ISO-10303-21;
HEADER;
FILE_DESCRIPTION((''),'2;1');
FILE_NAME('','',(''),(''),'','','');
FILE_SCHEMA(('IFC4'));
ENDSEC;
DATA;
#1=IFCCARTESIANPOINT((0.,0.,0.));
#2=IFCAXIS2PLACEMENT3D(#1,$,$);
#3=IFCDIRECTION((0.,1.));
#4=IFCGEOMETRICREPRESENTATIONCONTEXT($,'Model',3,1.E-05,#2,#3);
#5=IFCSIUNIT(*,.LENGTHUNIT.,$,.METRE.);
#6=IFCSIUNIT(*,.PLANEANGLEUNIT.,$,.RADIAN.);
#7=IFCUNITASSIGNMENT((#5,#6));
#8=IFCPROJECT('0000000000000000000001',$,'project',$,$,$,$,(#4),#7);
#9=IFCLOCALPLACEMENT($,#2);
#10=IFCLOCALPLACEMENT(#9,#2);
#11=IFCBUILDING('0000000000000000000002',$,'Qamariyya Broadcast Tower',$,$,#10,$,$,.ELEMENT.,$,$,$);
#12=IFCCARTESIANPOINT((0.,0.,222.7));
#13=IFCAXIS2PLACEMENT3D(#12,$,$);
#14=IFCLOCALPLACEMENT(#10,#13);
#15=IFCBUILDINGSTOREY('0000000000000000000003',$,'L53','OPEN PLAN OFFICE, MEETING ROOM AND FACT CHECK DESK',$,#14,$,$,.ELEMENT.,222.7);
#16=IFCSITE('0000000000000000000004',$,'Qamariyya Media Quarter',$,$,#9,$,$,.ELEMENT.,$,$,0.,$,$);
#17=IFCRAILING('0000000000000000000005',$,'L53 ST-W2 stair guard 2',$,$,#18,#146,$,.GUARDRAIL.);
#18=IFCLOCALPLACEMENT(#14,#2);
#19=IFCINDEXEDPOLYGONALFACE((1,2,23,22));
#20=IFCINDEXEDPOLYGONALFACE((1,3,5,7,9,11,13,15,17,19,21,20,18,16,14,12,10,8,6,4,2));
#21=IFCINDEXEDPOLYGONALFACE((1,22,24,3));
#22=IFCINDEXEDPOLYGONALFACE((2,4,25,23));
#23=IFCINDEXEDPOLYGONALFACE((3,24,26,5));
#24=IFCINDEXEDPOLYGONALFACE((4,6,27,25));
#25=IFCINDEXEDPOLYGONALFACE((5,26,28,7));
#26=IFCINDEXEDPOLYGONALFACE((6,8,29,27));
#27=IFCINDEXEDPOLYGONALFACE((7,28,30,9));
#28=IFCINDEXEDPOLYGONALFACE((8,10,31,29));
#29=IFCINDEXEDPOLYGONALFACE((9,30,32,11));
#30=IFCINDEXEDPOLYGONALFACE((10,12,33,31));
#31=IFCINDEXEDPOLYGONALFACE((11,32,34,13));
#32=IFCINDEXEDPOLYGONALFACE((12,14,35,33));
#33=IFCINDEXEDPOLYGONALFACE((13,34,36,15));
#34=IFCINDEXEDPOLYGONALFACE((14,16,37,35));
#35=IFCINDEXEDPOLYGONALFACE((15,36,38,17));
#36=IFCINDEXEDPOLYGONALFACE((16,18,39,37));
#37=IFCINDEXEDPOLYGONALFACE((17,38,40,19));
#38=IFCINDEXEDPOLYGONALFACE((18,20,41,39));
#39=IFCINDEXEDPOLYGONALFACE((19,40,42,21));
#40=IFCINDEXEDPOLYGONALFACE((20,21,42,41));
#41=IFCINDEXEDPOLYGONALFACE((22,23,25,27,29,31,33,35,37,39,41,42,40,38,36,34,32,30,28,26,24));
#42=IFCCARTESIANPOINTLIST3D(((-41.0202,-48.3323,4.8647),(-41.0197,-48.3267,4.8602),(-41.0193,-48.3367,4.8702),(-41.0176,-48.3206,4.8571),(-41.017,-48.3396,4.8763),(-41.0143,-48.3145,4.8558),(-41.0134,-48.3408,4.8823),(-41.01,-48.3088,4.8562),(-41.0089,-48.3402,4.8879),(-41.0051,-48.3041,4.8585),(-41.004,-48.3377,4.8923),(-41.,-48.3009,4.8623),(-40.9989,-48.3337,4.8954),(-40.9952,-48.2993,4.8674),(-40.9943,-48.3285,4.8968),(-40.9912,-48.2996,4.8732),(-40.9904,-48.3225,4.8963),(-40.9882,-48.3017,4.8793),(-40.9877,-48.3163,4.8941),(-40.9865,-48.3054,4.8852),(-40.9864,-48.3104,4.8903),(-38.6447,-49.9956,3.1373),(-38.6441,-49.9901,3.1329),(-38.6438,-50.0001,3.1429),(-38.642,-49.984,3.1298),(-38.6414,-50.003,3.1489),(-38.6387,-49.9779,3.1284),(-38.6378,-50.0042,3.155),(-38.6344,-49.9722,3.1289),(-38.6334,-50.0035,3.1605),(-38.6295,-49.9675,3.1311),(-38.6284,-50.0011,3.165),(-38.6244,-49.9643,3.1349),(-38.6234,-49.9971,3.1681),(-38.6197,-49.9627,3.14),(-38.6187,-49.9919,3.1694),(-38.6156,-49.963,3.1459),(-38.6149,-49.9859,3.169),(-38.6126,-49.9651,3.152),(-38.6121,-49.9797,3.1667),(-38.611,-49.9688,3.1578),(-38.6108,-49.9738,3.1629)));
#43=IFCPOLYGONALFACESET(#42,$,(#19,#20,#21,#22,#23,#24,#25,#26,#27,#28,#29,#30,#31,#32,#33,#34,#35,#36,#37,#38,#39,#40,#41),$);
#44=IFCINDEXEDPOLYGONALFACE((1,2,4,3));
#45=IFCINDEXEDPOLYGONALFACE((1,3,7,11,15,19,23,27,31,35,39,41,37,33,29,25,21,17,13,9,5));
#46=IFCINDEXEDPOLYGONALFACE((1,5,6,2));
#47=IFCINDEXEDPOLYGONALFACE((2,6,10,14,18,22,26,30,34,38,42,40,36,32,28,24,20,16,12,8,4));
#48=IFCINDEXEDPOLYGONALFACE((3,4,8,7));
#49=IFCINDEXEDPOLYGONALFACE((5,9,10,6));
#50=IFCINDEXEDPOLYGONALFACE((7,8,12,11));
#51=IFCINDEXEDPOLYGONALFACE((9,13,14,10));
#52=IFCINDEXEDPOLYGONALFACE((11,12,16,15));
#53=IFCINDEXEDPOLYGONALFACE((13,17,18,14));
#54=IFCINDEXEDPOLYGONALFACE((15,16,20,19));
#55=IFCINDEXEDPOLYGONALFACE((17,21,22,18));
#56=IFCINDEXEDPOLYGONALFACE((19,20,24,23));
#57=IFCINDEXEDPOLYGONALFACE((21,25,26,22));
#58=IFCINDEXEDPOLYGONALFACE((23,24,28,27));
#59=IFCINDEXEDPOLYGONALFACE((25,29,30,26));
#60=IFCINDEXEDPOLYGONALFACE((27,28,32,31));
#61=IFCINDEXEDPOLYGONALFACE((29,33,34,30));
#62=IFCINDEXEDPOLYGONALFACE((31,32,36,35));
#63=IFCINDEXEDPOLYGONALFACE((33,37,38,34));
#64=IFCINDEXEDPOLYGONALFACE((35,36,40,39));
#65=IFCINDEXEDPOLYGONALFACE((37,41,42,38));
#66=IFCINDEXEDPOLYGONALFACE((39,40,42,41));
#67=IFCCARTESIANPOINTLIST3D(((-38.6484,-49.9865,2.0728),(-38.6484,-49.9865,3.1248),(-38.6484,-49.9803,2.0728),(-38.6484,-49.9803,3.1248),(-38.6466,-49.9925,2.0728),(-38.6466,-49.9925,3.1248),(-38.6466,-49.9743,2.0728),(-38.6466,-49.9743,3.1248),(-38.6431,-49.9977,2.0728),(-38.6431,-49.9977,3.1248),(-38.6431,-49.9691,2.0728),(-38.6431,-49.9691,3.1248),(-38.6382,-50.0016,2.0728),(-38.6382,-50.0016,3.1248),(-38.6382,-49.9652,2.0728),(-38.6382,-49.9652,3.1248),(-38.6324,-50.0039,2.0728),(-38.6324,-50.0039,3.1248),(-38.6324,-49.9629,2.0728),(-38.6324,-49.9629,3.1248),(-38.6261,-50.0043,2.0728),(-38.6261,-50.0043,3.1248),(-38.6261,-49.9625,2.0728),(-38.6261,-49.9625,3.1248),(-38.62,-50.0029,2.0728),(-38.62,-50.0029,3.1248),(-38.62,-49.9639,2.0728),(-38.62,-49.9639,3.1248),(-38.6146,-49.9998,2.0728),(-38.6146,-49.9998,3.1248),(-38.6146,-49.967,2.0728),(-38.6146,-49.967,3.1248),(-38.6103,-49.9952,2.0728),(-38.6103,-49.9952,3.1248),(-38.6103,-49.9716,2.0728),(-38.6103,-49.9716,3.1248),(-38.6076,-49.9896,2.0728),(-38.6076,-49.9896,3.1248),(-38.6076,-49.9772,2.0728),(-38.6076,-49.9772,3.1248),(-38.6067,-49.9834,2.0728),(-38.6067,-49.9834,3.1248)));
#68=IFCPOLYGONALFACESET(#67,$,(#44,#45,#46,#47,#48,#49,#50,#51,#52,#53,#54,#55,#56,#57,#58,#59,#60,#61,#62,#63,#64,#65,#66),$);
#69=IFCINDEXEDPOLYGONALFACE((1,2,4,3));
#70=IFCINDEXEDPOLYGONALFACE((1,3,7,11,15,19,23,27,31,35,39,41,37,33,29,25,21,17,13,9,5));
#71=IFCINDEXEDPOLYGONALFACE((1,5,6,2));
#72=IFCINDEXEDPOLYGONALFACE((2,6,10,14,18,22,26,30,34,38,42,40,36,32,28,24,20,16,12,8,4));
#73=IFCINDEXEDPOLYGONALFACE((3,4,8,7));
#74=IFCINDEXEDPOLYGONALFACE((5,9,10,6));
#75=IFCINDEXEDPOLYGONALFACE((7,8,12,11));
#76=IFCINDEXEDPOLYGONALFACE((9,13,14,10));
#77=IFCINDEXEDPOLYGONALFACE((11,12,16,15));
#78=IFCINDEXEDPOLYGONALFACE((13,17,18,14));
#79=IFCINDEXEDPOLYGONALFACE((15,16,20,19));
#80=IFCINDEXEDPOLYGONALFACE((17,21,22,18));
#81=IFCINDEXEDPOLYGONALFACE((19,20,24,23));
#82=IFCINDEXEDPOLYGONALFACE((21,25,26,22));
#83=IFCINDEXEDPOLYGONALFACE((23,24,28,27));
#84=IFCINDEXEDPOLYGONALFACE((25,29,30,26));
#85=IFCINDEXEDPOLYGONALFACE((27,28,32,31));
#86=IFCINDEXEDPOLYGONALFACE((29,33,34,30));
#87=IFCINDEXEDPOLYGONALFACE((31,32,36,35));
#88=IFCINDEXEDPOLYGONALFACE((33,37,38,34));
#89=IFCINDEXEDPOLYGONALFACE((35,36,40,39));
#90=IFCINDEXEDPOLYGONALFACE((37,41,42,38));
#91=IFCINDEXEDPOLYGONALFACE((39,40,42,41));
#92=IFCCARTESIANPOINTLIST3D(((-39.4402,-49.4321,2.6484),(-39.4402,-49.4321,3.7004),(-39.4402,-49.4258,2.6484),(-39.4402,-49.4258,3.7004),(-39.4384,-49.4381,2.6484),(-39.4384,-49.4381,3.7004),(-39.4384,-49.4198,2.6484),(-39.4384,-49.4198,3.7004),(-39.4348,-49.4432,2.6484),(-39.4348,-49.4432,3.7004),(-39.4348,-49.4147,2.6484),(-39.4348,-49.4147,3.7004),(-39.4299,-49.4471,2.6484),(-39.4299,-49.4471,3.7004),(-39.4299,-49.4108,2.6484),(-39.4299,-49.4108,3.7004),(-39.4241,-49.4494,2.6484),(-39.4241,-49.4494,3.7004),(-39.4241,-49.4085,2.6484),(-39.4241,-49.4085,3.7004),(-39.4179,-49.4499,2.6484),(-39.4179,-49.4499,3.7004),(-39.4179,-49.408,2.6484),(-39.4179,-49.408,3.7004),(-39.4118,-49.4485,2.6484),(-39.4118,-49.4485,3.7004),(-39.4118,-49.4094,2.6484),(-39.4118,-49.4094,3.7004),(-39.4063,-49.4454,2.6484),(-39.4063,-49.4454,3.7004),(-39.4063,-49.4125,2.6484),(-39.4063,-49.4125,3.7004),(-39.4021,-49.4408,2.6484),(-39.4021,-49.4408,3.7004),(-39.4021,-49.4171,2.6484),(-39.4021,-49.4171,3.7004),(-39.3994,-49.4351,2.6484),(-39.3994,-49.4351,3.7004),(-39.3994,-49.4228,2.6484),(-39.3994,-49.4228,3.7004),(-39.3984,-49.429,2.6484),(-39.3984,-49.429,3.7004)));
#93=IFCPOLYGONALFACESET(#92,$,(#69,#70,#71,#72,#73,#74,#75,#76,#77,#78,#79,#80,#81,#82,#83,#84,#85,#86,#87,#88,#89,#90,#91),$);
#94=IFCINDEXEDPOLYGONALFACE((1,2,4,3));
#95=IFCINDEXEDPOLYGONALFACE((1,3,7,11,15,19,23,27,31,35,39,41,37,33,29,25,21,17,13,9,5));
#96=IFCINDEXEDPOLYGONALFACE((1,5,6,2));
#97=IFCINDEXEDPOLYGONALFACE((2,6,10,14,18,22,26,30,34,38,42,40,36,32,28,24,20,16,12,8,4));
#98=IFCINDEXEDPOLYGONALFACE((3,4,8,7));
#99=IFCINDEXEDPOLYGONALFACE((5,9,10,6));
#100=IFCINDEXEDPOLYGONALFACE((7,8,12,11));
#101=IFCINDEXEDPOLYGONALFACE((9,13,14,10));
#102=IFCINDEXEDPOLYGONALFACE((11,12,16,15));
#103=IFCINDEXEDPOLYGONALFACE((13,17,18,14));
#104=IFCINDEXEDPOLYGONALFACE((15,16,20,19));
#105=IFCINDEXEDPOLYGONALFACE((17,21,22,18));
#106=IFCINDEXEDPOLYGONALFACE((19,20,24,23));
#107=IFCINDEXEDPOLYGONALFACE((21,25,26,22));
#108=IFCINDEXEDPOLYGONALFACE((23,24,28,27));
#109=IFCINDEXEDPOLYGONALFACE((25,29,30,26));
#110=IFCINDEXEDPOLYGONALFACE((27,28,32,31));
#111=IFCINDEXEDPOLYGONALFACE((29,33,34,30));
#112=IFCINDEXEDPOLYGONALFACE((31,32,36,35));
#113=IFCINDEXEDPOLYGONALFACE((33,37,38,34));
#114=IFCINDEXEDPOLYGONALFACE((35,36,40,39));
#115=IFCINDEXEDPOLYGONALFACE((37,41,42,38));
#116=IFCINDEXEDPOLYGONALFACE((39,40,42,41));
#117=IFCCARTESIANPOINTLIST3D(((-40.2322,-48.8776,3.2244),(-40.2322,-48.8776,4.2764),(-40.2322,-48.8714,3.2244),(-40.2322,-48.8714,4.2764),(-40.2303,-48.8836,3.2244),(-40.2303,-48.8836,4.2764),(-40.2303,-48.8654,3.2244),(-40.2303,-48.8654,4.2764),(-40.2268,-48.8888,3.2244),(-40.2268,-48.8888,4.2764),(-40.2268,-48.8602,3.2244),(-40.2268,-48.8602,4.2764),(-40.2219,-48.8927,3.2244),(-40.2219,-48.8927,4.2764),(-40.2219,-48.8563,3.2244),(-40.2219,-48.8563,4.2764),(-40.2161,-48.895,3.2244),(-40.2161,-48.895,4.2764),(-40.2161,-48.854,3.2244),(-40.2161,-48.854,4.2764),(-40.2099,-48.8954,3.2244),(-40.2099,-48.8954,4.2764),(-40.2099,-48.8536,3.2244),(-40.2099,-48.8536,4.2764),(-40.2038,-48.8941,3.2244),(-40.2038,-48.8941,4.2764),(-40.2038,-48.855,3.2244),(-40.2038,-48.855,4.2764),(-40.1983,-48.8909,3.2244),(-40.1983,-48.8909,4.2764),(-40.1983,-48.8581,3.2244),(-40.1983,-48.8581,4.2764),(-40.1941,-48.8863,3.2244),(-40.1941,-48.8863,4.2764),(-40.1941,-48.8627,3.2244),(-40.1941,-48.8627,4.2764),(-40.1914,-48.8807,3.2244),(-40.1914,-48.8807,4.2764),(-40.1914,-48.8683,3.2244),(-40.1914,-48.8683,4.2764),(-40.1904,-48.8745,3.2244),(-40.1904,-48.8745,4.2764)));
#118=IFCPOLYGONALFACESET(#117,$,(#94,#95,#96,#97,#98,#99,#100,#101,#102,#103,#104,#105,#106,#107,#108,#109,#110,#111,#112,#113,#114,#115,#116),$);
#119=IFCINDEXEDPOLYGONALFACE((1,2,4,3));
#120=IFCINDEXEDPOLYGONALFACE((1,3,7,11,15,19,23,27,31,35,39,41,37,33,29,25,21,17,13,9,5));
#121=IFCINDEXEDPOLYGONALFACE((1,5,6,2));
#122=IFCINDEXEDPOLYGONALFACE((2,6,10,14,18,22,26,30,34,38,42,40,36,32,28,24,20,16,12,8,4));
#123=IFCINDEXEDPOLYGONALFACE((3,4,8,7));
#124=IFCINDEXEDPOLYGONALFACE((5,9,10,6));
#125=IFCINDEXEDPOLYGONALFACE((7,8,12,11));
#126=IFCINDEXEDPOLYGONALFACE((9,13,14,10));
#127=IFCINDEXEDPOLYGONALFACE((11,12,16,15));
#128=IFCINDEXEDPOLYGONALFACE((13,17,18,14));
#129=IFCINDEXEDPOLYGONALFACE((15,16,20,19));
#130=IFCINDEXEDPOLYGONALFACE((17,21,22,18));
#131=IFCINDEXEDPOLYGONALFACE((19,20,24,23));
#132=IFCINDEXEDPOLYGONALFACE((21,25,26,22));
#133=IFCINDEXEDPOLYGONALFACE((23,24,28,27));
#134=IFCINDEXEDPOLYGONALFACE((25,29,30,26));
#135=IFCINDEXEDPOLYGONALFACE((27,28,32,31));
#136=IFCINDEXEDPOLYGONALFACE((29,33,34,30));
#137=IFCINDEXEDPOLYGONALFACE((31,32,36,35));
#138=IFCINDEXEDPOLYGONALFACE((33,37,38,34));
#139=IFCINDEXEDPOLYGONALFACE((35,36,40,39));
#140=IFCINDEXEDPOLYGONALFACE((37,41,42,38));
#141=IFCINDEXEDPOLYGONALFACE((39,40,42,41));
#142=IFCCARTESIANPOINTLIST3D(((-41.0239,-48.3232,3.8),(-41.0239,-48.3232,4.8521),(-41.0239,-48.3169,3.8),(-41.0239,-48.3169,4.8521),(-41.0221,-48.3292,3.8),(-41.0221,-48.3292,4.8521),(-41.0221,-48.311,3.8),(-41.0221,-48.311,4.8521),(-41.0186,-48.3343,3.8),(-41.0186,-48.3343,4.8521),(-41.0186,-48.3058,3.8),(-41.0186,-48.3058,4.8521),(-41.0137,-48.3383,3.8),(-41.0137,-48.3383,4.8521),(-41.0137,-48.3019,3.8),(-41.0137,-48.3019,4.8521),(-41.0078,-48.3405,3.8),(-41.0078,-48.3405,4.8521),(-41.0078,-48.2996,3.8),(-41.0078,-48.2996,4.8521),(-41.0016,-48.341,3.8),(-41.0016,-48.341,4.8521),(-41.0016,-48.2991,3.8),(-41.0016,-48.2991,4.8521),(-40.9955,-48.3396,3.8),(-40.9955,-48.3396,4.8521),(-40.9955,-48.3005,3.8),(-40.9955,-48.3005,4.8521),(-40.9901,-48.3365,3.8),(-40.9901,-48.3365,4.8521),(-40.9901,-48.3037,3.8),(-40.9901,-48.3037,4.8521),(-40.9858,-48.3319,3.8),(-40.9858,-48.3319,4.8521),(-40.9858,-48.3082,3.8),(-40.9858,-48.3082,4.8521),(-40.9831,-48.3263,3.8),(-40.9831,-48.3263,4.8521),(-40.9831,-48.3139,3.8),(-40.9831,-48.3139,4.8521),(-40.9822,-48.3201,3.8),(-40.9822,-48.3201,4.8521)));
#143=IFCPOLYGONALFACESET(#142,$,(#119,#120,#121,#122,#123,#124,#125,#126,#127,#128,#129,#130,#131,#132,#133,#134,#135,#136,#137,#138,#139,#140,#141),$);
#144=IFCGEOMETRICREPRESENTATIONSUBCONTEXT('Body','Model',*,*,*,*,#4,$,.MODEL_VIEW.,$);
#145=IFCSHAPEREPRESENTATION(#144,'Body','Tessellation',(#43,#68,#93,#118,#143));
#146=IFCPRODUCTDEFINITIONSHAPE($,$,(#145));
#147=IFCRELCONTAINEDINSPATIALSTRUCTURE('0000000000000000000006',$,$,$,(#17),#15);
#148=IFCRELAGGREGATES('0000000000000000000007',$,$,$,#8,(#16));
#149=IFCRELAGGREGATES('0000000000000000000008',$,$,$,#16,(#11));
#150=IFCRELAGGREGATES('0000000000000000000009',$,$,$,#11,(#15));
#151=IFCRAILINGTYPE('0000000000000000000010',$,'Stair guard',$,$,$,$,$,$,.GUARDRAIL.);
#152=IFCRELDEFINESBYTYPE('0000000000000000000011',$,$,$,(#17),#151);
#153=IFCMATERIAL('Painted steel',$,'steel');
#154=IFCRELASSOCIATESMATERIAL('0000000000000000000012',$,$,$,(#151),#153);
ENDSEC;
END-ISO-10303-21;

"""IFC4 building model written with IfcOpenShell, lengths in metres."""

from ifc_helpers import new_model, si_unit, direction, frame, origin, origin_2d, place, context, subcontext, project, spatial, circle, extrude, material, type_object, element, save


model = new_model("IFC4")

# Units and contexts
model_context = context("Model", 3, precision=1e-05, world=origin(), true_north=direction((0.0, 1.0)))
body_context = subcontext(model_context, "Body", "Model", "MODEL_VIEW")
ifc_project = project(units=[si_unit("LENGTHUNIT", "METRE"), si_unit("PLANEANGLEUNIT", "RADIAN")], contexts=[model_context])

# Site, building, storey
site_placement = place(None, origin())
site = spatial("IfcSite", under=ifc_project, at=site_placement, Name="Qamariyya Media Quarter", CompositionType="ELEMENT", RefElevation=0.0)
building_placement = place(site_placement, origin())
building = spatial("IfcBuilding", under=site, at=building_placement, Name="Qamariyya Broadcast Tower", CompositionType="ELEMENT")
storey_placement = place(building_placement, frame((0.0, 0.0, 222.7)))
storey = spatial("IfcBuildingStorey", under=building, at=storey_placement, Name="L53", Description="OPEN PLAN OFFICE, MEETING ROOM AND FACT CHECK DESK", CompositionType="ELEMENT", Elevation=222.7)

# Railing
ifc_material_1 = material(Name="Painted steel", Category="steel")
railing_type_1 = type_object("IfcRailingType", Name="Stair guard", PredefinedType="GUARDRAIL", material=ifc_material_1)
railing_1_placement = place(storey_placement, frame((-38.6277, -49.9834, 2.0728)))
element("IfcRailing", 1, at=railing_1_placement, inside=storey, type_object=railing_type_1, Name="L53 ST-W2 stair guard 2", PredefinedType="GUARDRAIL", context=body_context, shape_type="SweptSolid", body=[
    extrude(circle(Radius=0.0239, at=origin_2d()), frame((0.0, 0.0, 1.0762), z_axis=(-0.70377, 0.492784, 0.511734), x_axis=(-0.573575, -0.819153, 0.0)), (0.0, 0.0, 1.0), 3.3755),
    extrude(circle(Radius=0.021, at=origin_2d()), origin(), (0.0, 0.0, 1.0), 1.052),
    extrude(circle(Radius=0.021, at=origin_2d()), frame((-0.7917, 0.5544, 0.5757)), (0.0, 0.0, 1.0), 1.052),
    extrude(circle(Radius=0.021, at=origin_2d()), frame((-1.5837, 1.1089, 1.1516)), (0.0, 0.0, 1.0), 1.052),
    extrude(circle(Radius=0.021, at=origin_2d()), frame((-2.3755, 1.6633, 1.7273)), (0.0, 0.0, 1.0), 1.052),
])

save(model, "model.ifc")
